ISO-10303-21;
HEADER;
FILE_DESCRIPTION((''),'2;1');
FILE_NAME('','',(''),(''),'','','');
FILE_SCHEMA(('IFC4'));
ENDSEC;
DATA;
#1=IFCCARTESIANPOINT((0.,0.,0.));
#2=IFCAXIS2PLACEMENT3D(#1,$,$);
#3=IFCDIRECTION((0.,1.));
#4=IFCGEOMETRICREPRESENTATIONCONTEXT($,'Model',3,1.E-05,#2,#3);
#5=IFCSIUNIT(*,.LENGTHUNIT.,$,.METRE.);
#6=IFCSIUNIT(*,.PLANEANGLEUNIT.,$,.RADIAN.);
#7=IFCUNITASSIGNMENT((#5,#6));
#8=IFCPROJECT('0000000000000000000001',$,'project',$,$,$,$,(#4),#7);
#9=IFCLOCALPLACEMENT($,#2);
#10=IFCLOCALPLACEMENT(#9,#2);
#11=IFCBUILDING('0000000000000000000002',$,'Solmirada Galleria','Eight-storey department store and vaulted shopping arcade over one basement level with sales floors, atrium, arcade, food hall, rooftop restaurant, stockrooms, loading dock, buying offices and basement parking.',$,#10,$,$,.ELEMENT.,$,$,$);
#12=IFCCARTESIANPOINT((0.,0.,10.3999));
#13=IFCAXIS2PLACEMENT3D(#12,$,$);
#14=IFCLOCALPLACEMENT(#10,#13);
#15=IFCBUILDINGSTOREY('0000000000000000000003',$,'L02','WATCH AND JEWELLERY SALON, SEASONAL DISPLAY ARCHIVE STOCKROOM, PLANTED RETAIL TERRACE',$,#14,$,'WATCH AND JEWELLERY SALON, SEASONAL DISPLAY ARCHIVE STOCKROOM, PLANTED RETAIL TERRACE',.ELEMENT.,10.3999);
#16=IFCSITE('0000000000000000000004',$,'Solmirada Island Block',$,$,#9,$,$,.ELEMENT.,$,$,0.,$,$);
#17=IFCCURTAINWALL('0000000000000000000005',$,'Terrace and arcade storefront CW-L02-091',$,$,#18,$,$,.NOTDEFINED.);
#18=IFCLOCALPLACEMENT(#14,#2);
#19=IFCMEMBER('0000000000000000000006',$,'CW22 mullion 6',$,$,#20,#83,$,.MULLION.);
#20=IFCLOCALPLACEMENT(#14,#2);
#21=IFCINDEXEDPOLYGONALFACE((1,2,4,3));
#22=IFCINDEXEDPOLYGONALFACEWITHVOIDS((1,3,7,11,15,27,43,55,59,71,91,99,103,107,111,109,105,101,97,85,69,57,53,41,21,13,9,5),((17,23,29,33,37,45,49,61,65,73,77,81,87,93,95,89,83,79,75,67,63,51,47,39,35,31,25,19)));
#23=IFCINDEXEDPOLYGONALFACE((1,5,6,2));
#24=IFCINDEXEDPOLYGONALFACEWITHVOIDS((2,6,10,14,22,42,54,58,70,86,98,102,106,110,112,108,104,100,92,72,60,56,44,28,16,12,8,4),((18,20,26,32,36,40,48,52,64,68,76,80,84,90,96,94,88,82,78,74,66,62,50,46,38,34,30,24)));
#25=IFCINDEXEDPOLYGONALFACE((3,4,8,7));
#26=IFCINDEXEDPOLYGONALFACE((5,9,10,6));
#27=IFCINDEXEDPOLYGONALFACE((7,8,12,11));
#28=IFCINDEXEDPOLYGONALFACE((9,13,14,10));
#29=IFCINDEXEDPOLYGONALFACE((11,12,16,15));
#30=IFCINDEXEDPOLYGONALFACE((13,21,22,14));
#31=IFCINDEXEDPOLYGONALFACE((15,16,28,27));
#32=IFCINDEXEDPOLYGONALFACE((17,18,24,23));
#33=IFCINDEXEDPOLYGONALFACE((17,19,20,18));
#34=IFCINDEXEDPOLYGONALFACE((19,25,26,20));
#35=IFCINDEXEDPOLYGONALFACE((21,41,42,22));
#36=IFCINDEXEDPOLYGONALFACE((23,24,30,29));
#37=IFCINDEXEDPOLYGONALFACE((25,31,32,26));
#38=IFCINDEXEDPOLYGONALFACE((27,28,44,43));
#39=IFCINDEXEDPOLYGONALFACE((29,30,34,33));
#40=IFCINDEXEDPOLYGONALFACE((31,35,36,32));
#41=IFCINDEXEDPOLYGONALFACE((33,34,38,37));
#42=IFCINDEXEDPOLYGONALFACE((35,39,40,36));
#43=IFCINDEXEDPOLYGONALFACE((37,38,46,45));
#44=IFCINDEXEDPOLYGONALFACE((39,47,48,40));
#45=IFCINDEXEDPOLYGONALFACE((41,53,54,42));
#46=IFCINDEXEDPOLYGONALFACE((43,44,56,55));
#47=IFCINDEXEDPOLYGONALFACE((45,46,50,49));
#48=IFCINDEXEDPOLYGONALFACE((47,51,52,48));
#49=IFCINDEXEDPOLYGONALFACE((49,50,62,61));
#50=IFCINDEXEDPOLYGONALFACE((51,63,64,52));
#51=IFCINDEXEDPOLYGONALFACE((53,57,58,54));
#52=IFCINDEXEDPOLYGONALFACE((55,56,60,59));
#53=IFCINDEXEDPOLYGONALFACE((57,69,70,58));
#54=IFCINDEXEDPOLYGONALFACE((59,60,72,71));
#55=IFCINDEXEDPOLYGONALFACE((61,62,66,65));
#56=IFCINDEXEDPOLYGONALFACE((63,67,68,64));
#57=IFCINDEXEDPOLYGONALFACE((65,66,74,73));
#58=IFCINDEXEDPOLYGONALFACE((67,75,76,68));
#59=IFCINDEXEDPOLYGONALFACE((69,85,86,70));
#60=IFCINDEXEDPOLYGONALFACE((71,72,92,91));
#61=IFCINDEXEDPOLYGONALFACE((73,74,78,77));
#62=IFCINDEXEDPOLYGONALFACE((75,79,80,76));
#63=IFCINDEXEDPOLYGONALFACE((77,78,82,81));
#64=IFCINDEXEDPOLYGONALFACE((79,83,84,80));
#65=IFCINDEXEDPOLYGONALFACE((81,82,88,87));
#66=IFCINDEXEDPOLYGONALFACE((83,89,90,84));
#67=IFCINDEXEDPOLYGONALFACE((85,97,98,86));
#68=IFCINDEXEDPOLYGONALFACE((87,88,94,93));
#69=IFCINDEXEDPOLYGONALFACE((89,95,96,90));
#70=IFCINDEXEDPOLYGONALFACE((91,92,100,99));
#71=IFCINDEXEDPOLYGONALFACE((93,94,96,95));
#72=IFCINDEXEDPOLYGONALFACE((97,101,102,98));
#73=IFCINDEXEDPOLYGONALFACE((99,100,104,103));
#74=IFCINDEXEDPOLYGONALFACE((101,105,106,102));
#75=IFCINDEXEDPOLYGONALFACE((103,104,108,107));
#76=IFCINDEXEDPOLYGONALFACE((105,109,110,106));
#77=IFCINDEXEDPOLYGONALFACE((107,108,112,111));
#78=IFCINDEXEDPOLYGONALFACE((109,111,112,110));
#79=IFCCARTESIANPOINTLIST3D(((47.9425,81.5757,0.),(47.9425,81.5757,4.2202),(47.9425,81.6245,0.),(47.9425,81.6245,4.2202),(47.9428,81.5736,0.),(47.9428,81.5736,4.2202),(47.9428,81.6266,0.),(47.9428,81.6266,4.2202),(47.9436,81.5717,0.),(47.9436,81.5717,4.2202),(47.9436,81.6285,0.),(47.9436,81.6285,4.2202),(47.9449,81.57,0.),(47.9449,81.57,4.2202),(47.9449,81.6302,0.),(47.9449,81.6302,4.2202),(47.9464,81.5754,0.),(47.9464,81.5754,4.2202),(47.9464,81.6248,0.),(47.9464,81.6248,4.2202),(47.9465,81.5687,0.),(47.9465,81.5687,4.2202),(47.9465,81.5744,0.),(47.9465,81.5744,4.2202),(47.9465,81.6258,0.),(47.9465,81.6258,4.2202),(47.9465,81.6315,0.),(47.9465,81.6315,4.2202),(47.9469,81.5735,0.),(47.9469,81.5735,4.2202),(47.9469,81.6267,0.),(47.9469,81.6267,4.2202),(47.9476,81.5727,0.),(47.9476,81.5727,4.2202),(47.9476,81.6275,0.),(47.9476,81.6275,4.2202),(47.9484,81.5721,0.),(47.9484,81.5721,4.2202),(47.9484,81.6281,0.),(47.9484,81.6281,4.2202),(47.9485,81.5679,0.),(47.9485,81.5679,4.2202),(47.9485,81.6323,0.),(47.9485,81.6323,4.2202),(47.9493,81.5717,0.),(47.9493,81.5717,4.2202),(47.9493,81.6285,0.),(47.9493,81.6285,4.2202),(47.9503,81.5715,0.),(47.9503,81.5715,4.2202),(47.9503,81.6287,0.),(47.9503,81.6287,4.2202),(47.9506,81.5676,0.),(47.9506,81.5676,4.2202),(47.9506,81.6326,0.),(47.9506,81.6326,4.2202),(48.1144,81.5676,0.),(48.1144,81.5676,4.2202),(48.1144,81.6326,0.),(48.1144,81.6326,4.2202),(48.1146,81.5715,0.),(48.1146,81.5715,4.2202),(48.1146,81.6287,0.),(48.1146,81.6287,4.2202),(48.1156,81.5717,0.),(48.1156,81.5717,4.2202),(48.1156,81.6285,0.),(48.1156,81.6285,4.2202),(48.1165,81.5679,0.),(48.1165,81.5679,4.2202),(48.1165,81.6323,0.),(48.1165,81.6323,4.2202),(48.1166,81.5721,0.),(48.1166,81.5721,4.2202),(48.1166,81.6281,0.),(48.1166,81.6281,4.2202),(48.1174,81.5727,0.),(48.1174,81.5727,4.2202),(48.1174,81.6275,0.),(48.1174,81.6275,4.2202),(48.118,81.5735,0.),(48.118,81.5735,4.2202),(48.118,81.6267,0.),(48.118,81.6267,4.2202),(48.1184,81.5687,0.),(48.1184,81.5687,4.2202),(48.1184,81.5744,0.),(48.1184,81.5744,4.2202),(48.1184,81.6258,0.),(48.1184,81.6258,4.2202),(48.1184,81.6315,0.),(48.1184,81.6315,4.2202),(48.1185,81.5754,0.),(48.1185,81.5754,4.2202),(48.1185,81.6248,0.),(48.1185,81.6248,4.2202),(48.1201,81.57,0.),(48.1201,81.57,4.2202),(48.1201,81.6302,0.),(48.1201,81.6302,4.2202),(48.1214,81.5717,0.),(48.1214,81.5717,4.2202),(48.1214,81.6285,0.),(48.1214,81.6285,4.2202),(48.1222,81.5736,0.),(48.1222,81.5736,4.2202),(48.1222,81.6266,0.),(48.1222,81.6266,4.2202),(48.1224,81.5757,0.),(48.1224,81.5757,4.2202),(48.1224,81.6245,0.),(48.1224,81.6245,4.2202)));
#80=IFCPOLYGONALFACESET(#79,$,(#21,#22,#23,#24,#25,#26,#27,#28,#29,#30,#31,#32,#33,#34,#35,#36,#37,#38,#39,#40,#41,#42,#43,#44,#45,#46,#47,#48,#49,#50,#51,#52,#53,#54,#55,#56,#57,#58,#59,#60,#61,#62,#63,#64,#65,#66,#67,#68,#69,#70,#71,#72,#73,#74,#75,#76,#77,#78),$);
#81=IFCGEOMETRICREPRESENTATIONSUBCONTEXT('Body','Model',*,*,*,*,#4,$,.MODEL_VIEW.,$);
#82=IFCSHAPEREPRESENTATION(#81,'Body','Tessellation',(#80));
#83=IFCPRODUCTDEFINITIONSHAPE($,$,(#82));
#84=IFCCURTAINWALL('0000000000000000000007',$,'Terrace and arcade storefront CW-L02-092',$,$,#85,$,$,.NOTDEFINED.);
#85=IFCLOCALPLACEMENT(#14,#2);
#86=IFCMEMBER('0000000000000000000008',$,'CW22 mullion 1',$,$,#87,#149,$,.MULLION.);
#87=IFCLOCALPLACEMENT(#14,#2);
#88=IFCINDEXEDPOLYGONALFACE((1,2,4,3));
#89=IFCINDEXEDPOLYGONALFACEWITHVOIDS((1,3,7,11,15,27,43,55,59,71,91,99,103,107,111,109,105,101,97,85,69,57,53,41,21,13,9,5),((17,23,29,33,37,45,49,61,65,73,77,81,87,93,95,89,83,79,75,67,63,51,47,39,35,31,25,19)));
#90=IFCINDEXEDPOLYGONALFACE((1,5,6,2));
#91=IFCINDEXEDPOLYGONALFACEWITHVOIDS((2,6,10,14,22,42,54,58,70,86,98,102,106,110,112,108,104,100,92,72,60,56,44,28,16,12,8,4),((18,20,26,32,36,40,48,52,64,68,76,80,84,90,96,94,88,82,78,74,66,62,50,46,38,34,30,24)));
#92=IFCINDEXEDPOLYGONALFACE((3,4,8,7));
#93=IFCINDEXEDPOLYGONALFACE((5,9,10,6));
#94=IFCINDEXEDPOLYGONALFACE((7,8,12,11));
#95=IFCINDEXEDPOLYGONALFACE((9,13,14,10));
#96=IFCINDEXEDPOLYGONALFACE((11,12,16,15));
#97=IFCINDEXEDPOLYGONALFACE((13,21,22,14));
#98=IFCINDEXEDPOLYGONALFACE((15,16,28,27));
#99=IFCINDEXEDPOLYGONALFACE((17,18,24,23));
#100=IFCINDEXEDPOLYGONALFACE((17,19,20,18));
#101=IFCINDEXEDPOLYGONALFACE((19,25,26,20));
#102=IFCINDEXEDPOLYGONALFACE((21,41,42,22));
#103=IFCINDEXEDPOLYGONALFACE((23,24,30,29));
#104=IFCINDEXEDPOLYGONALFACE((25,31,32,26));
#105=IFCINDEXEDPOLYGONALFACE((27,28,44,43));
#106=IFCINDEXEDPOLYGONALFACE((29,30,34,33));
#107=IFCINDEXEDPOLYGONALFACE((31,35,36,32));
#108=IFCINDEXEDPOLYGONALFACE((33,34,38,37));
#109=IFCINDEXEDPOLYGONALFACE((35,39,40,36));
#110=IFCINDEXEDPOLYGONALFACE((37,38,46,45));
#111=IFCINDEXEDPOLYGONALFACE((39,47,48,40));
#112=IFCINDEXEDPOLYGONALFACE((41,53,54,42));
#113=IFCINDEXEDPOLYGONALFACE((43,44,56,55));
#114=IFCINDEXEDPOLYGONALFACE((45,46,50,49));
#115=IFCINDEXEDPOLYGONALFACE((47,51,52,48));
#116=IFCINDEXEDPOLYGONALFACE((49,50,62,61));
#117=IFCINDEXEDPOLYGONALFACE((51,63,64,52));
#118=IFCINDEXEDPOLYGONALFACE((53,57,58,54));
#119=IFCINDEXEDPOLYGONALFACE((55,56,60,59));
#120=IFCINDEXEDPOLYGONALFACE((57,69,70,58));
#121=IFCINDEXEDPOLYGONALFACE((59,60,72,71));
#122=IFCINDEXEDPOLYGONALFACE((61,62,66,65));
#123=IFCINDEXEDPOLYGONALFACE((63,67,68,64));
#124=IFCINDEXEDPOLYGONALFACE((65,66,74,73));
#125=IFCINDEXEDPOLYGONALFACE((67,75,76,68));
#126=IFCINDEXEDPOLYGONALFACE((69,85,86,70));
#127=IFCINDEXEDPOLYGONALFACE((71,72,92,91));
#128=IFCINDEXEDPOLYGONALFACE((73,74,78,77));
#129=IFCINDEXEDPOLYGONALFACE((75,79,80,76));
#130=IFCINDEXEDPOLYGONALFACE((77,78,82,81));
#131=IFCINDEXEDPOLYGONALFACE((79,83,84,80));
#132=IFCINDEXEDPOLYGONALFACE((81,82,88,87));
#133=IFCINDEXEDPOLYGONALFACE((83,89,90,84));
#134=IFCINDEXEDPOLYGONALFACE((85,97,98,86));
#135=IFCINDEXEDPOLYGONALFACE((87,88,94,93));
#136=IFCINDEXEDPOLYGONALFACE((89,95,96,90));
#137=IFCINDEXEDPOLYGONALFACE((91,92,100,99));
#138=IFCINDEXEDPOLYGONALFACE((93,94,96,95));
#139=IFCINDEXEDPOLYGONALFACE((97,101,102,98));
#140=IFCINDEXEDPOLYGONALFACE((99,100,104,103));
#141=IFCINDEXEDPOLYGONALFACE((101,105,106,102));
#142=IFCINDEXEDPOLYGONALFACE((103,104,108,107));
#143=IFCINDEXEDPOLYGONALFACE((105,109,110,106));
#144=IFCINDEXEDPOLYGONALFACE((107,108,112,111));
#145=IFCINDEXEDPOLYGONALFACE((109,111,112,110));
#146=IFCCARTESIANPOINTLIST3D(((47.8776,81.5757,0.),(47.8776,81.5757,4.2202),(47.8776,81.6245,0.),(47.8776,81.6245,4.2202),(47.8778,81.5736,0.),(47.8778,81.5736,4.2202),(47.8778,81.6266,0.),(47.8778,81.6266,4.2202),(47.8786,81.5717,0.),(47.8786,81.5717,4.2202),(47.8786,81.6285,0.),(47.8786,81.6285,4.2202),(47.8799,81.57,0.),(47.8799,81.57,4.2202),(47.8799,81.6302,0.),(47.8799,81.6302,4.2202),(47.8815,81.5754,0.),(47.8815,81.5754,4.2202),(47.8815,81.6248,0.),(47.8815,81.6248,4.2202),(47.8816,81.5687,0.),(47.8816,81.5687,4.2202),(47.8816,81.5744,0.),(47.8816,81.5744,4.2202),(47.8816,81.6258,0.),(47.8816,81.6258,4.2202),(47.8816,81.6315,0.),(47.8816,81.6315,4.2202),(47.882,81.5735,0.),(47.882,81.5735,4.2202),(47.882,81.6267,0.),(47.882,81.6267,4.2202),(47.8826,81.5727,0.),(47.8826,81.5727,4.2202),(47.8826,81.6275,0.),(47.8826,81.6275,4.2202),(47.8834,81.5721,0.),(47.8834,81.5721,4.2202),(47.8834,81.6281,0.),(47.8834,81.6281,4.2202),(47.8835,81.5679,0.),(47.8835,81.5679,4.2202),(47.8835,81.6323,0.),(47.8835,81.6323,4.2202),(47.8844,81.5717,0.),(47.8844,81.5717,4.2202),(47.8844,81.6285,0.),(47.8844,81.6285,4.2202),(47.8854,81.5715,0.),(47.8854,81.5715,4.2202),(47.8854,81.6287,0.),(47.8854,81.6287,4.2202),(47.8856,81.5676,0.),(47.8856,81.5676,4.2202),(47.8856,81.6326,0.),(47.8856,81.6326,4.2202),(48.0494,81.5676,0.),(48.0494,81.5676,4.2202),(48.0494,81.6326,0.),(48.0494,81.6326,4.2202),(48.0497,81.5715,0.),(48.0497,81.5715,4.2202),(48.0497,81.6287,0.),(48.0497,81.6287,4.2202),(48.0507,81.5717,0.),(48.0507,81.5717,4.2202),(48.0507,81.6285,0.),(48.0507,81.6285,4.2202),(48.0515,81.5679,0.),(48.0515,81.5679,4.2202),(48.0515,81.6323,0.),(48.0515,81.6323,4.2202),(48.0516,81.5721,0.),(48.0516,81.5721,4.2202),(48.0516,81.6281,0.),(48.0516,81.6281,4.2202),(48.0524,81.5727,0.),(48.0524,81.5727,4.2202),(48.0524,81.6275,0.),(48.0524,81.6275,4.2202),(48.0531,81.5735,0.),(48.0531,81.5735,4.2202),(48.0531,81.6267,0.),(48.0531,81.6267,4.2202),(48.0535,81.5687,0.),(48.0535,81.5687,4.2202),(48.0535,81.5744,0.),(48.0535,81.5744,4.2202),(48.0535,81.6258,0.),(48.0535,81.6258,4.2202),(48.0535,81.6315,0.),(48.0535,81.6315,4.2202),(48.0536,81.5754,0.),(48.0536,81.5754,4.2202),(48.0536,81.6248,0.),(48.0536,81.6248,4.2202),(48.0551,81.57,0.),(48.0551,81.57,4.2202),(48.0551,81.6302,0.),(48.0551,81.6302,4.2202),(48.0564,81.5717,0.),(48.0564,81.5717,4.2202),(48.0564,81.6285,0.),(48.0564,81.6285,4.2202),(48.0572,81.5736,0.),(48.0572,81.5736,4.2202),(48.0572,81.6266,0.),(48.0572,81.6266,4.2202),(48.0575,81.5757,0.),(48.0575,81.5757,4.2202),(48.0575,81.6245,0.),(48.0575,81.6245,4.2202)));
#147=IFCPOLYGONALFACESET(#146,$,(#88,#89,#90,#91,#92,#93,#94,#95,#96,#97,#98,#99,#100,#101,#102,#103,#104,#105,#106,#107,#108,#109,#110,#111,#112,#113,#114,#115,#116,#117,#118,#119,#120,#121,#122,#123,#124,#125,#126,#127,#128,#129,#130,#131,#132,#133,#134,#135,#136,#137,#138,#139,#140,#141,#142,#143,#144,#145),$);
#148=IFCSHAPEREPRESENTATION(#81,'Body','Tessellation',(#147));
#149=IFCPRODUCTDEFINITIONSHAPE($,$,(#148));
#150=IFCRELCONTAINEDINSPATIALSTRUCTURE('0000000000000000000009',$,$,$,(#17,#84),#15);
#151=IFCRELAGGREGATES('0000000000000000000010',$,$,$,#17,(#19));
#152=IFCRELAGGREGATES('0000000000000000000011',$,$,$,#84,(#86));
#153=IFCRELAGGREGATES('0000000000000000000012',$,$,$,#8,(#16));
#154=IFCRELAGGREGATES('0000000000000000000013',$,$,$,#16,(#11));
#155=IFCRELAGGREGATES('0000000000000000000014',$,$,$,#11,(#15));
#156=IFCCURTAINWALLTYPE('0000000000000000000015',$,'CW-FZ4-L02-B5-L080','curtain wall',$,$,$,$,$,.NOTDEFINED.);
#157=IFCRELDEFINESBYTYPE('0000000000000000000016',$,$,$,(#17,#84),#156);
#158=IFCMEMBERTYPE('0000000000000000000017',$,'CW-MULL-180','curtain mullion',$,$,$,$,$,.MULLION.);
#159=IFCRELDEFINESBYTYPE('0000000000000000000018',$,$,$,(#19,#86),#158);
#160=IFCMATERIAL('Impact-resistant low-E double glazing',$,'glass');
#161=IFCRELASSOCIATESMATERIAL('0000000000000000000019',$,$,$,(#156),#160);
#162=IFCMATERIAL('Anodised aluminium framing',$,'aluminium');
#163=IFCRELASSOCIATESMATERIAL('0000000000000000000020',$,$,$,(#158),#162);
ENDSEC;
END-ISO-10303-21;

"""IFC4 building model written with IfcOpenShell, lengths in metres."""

from ifc_helpers import new_model, si_unit, direction, frame, origin, origin_2d, place, context, subcontext, project, spatial, hollow_rectangle, extrude, material, material_profile, profile_set, type_object, element, aggregate, save


model = new_model("IFC4")

# Units and contexts
model_context = context("Model", 3, precision=1e-05, world=origin(), true_north=direction((0.0, 1.0)))
body_context = subcontext(model_context, "Body", "Model", "MODEL_VIEW")
ifc_project = project(units=[si_unit("LENGTHUNIT", "METRE"), si_unit("PLANEANGLEUNIT", "RADIAN")], contexts=[model_context])

# Site, building, storey
site_placement = place(None, origin())
site = spatial("IfcSite", under=ifc_project, at=site_placement, Name="Solmirada Island Block", CompositionType="ELEMENT", RefElevation=0.0)
building_placement = place(site_placement, origin())
building = spatial("IfcBuilding", under=site, at=building_placement, Name="Solmirada Galleria", Description="Eight-storey department store and vaulted shopping arcade over one basement level with sales floors, atrium, arcade, food hall, rooftop restaurant, stockrooms, loading dock, buying offices and basement parking.", CompositionType="ELEMENT")
storey_placement = place(building_placement, frame((0.0, 0.0, 10.3999)))
storey = spatial("IfcBuildingStorey", under=building, at=storey_placement, Name="L02", Description="WATCH AND JEWELLERY SALON, SEASONAL DISPLAY ARCHIVE STOCKROOM, PLANTED RETAIL TERRACE", LongName="WATCH AND JEWELLERY SALON, SEASONAL DISPLAY ARCHIVE STOCKROOM, PLANTED RETAIL TERRACE", CompositionType="ELEMENT", Elevation=10.3999)

# Curtain walls, members
ifc_material_1 = material(Name="Impact-resistant low-E double glazing", Category="glass")
curtain_wall_type = type_object("IfcCurtainWallType", Name="CW-FZ4-L02-B5-L080", Description="curtain wall", PredefinedType="NOTDEFINED", material=ifc_material_1)
curtain_wall_1_placement = place(storey_placement, origin())
curtain_wall_1 = element("IfcCurtainWall", 1, at=curtain_wall_1_placement, inside=storey, type_object=curtain_wall_type, Name="Terrace and arcade storefront CW-L02-091", PredefinedType="NOTDEFINED")
ifc_material_2 = material(Name="Anodised aluminium framing", Category="aluminium")
ifc_material_profile_1 = material_profile(ifc_material_2, hollow_rectangle(XDim=0.0649, YDim=0.1799, WallThickness=0.0039, InnerFilletRadius=0.0039, OuterFilletRadius=0.0081, at=origin_2d()), Name="ALU-MULL-180X65")
ifc_profile_set_1 = profile_set([ifc_material_profile_1], Name="Anodised aluminium framing")
member_type_1 = type_object("IfcMemberType", Name="CW-MULL-180", Description="curtain mullion", PredefinedType="MULLION", material=ifc_profile_set_1)
member_1_placement = place(storey_placement, frame((48.0325, 81.6001, 0.0), z_axis=(0.0, 0.0, 1.0), x_axis=(0.0, -1.0, 0.0)))
member_1 = element("IfcMember", 2, at=member_1_placement, type_object=member_type_1, Name="CW22 mullion 6", PredefinedType="MULLION", context=body_context, shape_type="SweptSolid", body=[
    extrude(hollow_rectangle(XDim=0.0649, YDim=0.1799, WallThickness=0.0039, InnerFilletRadius=0.0039, OuterFilletRadius=0.0081, at=origin_2d()), origin(), (0.0, 0.0, 1.0), 4.2202),
])
curtain_wall_2_placement = place(storey_placement, origin())
curtain_wall_2 = element("IfcCurtainWall", 3, at=curtain_wall_2_placement, inside=storey, type_object=curtain_wall_type, Name="Terrace and arcade storefront CW-L02-092", PredefinedType="NOTDEFINED")
member_2_placement = place(storey_placement, frame((47.9675, 81.6001, 0.0), z_axis=(0.0, 0.0, 1.0), x_axis=(0.0, -1.0, 0.0)))
member_2 = element("IfcMember", 4, at=member_2_placement, type_object=member_type_1, Name="CW22 mullion 1", PredefinedType="MULLION", context=body_context, shape_type="SweptSolid", body=[
    extrude(hollow_rectangle(XDim=0.0649, YDim=0.1799, WallThickness=0.0039, InnerFilletRadius=0.0039, OuterFilletRadius=0.0081, at=origin_2d()), origin(), (0.0, 0.0, 1.0), 4.2202),
])

aggregate(curtain_wall_1, [member_1])
aggregate(curtain_wall_2, [member_2])

save(model, "model.ifc")
